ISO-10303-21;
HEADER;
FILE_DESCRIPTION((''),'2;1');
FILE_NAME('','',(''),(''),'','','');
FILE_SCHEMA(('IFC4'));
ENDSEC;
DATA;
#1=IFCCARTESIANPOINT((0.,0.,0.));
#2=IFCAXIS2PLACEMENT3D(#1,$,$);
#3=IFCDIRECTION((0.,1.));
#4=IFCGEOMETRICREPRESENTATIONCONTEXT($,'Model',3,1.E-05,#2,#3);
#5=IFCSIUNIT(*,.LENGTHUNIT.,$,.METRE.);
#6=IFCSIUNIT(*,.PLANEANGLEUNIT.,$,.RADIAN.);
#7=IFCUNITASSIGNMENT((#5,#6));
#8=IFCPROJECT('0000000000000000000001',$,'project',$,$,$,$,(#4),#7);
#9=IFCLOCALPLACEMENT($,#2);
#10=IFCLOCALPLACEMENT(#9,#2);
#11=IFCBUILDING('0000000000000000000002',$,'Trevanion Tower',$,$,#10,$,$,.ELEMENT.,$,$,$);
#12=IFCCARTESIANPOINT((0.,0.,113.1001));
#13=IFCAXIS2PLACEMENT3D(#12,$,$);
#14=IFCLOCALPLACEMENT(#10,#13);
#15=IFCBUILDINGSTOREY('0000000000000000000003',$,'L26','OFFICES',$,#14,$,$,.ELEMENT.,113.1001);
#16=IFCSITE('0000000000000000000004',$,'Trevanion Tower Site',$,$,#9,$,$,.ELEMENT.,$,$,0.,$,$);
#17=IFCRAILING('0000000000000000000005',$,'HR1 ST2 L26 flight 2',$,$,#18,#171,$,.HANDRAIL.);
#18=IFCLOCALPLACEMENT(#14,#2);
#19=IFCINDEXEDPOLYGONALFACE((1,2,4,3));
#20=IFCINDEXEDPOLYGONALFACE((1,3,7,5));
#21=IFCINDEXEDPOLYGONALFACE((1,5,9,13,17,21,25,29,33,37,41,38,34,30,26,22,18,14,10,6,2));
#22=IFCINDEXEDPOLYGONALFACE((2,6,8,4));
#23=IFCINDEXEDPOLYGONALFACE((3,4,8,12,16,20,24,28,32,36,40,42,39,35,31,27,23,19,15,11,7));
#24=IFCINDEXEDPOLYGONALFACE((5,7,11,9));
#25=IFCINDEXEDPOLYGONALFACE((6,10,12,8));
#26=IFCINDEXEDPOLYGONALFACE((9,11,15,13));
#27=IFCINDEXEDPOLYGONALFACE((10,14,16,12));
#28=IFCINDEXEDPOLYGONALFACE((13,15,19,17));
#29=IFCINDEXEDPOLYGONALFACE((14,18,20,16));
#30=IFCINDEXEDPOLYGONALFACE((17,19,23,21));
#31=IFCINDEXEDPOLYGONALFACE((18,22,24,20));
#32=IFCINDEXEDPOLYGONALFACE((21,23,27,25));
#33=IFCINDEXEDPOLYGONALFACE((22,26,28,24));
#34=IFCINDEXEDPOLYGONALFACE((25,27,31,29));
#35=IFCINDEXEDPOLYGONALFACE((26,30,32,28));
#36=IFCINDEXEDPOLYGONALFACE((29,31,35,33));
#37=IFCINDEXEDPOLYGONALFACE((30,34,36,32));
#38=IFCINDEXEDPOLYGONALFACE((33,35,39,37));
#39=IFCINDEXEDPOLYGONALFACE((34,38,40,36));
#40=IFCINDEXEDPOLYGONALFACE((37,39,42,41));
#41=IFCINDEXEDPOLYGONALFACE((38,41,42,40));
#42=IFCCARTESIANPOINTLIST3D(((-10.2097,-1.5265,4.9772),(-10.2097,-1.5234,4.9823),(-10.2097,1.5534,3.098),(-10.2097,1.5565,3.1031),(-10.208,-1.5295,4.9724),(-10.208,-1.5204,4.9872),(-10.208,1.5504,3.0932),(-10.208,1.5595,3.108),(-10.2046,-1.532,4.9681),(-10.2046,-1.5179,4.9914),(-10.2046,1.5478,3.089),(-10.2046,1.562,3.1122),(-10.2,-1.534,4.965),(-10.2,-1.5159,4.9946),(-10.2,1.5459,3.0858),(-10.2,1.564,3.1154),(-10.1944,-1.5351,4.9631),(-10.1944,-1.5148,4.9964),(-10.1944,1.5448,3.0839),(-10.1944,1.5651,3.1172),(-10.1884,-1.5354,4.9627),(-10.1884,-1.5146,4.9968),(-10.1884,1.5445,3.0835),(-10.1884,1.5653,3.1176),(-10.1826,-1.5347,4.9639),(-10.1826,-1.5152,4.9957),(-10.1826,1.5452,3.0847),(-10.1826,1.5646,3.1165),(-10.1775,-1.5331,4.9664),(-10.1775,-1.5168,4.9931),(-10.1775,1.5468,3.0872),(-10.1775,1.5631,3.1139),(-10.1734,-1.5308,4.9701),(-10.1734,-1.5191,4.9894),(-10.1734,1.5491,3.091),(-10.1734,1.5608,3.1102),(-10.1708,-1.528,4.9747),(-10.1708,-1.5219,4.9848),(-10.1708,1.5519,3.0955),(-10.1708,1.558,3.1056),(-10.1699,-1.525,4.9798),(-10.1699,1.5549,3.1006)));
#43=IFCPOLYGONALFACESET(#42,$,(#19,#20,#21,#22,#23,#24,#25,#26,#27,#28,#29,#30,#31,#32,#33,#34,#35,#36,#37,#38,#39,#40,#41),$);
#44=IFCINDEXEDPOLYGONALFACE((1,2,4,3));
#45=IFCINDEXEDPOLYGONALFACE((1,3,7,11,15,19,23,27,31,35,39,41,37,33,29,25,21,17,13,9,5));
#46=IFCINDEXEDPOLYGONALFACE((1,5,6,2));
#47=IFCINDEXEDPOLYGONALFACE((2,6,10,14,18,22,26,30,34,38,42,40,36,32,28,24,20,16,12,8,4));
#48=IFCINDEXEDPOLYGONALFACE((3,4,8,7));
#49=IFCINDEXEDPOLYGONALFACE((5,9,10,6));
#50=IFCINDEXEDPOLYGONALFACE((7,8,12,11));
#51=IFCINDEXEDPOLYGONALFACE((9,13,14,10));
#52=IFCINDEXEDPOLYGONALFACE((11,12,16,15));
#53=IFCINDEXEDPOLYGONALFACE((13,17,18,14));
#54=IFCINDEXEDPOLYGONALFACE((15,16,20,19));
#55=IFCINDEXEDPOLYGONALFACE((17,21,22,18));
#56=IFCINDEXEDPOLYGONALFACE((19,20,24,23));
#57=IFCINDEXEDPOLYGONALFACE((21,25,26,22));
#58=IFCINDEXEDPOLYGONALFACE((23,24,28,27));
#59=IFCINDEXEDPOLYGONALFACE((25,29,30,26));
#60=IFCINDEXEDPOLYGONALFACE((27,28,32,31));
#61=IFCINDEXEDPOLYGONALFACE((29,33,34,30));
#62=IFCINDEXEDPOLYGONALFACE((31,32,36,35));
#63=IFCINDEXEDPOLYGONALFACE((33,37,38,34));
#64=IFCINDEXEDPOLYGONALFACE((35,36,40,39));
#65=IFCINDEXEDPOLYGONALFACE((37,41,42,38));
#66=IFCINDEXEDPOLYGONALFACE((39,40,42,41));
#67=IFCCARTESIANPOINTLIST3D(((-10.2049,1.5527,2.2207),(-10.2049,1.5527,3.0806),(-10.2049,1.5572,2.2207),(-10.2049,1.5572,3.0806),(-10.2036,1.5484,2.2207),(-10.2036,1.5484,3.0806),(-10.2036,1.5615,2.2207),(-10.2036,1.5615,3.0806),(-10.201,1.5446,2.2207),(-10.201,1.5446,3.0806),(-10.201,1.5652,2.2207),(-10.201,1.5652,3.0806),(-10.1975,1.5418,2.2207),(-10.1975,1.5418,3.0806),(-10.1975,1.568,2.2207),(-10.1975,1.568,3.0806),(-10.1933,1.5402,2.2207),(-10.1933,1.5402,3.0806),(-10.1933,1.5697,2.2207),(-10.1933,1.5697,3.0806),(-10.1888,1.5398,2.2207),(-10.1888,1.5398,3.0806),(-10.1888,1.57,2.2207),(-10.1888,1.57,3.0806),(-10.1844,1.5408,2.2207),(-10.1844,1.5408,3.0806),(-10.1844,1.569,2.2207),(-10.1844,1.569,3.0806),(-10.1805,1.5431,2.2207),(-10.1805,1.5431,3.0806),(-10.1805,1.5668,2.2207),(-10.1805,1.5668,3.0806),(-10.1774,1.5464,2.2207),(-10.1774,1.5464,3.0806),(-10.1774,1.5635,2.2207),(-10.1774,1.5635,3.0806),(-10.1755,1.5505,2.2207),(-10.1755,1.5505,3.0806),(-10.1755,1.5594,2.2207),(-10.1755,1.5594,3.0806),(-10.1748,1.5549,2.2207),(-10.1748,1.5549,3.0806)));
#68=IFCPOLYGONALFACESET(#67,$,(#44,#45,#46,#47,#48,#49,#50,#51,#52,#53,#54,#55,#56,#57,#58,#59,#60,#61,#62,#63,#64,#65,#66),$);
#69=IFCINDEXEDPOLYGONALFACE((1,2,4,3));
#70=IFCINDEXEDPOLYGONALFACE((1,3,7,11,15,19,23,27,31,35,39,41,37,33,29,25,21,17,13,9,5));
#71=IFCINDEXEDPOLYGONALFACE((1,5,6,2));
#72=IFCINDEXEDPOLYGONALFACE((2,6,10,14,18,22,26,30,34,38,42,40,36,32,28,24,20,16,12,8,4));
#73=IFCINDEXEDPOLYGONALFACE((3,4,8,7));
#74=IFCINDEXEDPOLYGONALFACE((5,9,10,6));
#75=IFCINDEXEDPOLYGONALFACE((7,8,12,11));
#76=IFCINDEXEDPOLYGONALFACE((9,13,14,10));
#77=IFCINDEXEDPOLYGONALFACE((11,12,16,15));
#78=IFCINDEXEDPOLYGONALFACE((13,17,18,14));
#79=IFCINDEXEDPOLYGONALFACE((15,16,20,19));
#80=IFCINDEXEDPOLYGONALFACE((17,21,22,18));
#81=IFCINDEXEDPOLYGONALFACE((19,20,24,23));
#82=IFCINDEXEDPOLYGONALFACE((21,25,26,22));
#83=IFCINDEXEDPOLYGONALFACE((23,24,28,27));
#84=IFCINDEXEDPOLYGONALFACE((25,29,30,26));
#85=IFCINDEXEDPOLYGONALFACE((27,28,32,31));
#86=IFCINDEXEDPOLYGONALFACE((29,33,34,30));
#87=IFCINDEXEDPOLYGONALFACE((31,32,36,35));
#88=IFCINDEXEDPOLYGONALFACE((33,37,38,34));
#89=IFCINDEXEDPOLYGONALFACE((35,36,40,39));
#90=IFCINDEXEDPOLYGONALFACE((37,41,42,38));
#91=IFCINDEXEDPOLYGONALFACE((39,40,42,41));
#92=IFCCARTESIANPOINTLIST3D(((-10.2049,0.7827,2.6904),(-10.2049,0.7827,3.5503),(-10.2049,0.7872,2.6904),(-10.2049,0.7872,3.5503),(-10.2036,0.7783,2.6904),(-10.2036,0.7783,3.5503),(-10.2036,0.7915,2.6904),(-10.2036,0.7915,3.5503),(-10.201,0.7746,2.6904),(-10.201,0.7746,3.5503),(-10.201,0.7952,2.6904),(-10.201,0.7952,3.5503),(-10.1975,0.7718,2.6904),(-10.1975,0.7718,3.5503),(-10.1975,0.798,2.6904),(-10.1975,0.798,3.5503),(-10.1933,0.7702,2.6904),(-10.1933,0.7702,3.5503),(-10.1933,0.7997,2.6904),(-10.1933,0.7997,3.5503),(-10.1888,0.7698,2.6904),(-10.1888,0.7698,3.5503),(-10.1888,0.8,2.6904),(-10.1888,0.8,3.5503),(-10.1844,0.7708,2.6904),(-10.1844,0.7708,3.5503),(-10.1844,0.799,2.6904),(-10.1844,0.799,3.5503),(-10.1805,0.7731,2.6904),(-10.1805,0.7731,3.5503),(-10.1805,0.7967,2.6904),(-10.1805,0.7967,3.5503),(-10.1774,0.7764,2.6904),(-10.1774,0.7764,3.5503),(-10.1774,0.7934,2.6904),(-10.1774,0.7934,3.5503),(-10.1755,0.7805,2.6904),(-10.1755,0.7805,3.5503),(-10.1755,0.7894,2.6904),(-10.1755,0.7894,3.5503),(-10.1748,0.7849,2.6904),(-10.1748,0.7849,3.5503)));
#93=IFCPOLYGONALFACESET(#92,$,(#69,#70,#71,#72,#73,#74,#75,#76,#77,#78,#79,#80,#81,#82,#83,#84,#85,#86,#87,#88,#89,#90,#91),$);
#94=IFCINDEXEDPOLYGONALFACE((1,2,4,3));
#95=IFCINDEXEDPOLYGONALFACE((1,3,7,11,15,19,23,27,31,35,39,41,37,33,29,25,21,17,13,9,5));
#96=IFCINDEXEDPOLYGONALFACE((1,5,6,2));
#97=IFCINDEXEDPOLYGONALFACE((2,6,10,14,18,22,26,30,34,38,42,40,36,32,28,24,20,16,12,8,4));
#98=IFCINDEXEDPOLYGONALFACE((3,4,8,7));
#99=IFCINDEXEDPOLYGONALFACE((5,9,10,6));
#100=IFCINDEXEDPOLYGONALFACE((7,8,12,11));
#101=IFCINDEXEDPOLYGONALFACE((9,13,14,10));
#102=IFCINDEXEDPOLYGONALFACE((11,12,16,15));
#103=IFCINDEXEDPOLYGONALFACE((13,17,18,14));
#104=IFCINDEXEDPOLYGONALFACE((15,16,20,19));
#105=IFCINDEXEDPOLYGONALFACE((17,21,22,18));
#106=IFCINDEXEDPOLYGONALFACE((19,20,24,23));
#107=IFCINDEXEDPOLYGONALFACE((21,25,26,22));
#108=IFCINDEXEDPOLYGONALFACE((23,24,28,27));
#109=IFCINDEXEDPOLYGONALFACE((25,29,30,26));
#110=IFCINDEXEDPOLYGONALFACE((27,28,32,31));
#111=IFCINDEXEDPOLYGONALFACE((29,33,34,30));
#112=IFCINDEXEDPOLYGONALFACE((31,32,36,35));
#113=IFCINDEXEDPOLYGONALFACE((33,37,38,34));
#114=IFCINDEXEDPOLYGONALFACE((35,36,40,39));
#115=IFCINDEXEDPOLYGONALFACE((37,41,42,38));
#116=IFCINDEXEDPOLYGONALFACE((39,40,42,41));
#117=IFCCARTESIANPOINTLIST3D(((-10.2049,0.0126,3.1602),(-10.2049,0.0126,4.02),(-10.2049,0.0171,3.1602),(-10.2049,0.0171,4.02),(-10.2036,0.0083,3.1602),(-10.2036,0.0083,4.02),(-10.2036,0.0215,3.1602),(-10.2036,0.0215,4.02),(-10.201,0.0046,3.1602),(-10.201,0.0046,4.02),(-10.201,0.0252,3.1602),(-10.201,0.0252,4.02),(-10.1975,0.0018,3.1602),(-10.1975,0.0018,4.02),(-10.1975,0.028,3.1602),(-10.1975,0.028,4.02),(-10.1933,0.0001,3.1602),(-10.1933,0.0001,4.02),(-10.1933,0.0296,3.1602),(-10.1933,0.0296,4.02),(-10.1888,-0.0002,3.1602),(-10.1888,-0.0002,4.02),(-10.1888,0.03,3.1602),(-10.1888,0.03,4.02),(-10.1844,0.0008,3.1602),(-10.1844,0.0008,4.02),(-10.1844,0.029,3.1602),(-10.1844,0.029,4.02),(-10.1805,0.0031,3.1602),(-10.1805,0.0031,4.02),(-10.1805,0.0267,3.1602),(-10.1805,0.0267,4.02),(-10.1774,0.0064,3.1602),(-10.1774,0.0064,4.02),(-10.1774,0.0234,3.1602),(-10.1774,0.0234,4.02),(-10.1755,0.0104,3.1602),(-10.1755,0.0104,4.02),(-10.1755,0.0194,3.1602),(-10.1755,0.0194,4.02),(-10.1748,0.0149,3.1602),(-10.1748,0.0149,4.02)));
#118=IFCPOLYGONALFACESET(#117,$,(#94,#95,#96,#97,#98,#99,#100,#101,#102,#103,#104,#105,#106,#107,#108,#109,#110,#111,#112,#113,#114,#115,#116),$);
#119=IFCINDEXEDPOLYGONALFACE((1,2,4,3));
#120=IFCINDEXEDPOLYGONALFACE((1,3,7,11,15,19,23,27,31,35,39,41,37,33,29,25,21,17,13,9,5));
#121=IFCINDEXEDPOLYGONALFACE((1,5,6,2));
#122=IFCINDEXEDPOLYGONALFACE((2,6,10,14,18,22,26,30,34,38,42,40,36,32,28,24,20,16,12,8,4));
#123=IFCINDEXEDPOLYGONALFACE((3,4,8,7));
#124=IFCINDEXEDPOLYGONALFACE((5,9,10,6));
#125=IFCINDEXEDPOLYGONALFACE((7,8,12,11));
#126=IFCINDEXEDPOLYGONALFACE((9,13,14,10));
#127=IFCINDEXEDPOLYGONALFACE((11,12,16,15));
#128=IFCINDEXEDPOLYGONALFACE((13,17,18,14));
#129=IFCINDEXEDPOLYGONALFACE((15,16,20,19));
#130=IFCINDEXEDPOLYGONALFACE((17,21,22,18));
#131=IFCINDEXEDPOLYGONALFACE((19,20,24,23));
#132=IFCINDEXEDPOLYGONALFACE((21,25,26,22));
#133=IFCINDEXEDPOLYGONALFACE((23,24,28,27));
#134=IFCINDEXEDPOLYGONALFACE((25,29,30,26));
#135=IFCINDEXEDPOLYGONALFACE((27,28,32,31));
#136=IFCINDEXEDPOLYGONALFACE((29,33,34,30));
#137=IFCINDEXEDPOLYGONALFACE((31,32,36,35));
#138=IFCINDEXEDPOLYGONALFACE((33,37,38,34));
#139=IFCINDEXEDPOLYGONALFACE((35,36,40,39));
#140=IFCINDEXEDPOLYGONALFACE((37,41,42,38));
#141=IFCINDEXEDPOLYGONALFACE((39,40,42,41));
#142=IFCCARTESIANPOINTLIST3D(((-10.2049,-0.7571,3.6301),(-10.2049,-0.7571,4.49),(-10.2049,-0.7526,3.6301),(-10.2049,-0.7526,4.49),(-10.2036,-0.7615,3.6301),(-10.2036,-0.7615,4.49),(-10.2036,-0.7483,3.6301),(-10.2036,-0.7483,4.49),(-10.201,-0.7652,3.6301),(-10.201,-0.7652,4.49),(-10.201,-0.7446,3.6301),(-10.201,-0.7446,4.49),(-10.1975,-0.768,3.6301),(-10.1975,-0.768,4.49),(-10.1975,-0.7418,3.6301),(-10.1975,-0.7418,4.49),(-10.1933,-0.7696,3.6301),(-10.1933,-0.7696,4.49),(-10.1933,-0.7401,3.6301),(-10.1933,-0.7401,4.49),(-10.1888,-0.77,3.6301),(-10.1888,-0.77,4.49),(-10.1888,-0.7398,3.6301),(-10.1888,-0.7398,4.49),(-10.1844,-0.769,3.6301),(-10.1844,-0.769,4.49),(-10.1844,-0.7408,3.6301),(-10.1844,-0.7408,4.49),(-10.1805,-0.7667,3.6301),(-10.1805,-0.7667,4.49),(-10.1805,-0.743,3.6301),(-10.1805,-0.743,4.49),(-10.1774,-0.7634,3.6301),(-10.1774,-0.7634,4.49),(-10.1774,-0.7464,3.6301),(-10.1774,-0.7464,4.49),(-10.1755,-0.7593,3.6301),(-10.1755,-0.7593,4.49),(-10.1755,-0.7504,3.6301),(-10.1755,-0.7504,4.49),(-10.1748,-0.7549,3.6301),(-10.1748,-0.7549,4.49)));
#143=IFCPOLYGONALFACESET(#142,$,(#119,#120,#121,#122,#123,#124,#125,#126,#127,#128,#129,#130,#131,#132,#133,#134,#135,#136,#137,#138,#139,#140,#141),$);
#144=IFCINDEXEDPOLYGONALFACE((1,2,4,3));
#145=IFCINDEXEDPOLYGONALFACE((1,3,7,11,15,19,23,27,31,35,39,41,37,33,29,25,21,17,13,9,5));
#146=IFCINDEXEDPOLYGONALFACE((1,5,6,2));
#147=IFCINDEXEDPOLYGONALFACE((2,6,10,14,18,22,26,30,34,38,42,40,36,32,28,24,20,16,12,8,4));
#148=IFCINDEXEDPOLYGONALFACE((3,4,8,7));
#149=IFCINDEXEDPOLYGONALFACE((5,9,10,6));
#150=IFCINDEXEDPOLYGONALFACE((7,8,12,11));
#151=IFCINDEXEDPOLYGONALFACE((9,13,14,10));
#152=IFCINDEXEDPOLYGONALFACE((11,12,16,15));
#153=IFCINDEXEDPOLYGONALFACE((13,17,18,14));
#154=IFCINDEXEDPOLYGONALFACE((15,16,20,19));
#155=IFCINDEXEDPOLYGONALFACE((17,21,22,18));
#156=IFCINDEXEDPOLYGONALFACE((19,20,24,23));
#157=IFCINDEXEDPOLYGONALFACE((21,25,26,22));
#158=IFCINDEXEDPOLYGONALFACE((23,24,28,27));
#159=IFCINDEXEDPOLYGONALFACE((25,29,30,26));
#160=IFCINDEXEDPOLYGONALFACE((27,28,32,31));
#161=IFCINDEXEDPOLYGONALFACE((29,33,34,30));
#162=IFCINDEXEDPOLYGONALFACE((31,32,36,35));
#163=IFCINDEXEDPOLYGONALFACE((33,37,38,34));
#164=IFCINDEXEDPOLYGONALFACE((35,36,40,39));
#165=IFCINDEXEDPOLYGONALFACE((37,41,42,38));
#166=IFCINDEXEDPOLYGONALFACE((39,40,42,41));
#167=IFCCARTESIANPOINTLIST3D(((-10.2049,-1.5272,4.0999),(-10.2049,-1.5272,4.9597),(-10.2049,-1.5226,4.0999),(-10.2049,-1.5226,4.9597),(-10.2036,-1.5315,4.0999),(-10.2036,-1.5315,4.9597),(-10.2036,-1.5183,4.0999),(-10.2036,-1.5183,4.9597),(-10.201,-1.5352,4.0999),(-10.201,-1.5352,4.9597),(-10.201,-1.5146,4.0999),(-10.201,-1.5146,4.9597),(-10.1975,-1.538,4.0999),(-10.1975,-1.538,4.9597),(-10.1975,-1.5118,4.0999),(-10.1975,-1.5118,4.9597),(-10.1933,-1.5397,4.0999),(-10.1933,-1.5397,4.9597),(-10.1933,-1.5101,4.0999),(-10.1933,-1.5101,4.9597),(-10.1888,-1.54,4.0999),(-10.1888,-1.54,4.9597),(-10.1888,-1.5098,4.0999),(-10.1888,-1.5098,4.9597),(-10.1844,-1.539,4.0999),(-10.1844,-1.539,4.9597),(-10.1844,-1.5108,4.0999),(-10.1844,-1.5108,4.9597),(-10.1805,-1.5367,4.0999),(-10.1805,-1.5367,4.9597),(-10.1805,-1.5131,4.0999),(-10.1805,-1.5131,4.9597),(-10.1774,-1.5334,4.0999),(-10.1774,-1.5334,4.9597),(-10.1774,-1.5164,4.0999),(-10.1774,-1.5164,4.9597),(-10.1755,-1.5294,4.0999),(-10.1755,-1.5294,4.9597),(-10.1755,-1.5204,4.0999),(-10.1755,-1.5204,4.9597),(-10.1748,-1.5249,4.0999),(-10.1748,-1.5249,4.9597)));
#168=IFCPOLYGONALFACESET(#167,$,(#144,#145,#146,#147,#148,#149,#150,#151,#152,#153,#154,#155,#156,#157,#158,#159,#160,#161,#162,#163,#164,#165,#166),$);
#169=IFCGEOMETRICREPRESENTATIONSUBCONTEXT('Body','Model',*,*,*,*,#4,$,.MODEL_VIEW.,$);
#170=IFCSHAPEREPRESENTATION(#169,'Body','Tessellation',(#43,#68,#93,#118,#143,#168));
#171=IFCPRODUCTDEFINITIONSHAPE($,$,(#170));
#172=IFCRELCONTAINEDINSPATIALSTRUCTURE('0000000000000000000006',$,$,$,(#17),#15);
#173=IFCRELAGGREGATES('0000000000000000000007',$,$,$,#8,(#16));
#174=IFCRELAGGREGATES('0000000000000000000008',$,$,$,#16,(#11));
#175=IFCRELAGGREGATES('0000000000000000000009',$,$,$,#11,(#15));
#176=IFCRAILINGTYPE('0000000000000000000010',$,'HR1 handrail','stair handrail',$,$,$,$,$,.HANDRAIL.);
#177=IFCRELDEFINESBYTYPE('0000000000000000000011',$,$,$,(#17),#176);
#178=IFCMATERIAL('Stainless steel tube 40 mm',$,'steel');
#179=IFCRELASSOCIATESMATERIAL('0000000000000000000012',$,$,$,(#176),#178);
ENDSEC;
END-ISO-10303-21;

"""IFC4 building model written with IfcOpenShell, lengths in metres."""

from ifc_helpers import new_model, si_unit, direction, frame, origin, origin_2d, place, context, subcontext, project, spatial, circle, extrude, material, type_object, element, save


model = new_model("IFC4")

# Units and contexts
model_context = context("Model", 3, precision=1e-05, world=origin(), true_north=direction((0.0, 1.0)))
body_context = subcontext(model_context, "Body", "Model", "MODEL_VIEW")
ifc_project = project(units=[si_unit("LENGTHUNIT", "METRE"), si_unit("PLANEANGLEUNIT", "RADIAN")], contexts=[model_context])

# Site, building, storey
site_placement = place(None, origin())
site = spatial("IfcSite", under=ifc_project, at=site_placement, Name="Trevanion Tower Site", CompositionType="ELEMENT", RefElevation=0.0)
building_placement = place(site_placement, origin())
building = spatial("IfcBuilding", under=site, at=building_placement, Name="Trevanion Tower", CompositionType="ELEMENT")
storey_placement = place(building_placement, frame((0.0, 0.0, 113.1001)))
storey = spatial("IfcBuildingStorey", under=building, at=storey_placement, Name="L26", Description="OFFICES", CompositionType="ELEMENT", Elevation=113.1001)

# Railing
ifc_material_1 = material(Name="Stainless steel tube 40 mm", Category="steel")
railing_type = type_object("IfcRailingType", Name="HR1 handrail", Description="stair handrail", PredefinedType="HANDRAIL", material=ifc_material_1)
for number, where, name in (
    (1, (-10.1899, 1.5549, 2.2207), "HR1 ST2 L26 flight 2"),
):
    element("IfcRailing", number, at=place(storey_placement, frame(where)), inside=storey, type_object=railing_type, Name=name, PredefinedType="HANDRAIL", context=body_context, shape_type="SweptSolid", body=[
        extrude(circle(Radius=0.02, at=origin_2d()), frame((0.0, 0.0, 0.8799), z_axis=(0.0, -0.853648, 0.52085), x_axis=(1.0, 0.0, 0.0)), (0.0, 0.0, 1.0), 3.6079),
        extrude(circle(Radius=0.0151, at=origin_2d()), origin(), (0.0, 0.0, 1.0), 0.8599),
        extrude(circle(Radius=0.0151, at=origin_2d()), frame((0.0, -0.77, 0.4697)), (0.0, 0.0, 1.0), 0.8599),
        extrude(circle(Radius=0.0151, at=origin_2d()), frame((0.0, -1.54, 0.9395)), (0.0, 0.0, 1.0), 0.8599),
        extrude(circle(Radius=0.0151, at=origin_2d()), frame((0.0, -2.3098, 1.4094)), (0.0, 0.0, 1.0), 0.8599),
        extrude(circle(Radius=0.0151, at=origin_2d()), frame((0.0, -3.0798, 1.8792)), (0.0, 0.0, 1.0), 0.8599),
    ])

save(model, "model.ifc")
